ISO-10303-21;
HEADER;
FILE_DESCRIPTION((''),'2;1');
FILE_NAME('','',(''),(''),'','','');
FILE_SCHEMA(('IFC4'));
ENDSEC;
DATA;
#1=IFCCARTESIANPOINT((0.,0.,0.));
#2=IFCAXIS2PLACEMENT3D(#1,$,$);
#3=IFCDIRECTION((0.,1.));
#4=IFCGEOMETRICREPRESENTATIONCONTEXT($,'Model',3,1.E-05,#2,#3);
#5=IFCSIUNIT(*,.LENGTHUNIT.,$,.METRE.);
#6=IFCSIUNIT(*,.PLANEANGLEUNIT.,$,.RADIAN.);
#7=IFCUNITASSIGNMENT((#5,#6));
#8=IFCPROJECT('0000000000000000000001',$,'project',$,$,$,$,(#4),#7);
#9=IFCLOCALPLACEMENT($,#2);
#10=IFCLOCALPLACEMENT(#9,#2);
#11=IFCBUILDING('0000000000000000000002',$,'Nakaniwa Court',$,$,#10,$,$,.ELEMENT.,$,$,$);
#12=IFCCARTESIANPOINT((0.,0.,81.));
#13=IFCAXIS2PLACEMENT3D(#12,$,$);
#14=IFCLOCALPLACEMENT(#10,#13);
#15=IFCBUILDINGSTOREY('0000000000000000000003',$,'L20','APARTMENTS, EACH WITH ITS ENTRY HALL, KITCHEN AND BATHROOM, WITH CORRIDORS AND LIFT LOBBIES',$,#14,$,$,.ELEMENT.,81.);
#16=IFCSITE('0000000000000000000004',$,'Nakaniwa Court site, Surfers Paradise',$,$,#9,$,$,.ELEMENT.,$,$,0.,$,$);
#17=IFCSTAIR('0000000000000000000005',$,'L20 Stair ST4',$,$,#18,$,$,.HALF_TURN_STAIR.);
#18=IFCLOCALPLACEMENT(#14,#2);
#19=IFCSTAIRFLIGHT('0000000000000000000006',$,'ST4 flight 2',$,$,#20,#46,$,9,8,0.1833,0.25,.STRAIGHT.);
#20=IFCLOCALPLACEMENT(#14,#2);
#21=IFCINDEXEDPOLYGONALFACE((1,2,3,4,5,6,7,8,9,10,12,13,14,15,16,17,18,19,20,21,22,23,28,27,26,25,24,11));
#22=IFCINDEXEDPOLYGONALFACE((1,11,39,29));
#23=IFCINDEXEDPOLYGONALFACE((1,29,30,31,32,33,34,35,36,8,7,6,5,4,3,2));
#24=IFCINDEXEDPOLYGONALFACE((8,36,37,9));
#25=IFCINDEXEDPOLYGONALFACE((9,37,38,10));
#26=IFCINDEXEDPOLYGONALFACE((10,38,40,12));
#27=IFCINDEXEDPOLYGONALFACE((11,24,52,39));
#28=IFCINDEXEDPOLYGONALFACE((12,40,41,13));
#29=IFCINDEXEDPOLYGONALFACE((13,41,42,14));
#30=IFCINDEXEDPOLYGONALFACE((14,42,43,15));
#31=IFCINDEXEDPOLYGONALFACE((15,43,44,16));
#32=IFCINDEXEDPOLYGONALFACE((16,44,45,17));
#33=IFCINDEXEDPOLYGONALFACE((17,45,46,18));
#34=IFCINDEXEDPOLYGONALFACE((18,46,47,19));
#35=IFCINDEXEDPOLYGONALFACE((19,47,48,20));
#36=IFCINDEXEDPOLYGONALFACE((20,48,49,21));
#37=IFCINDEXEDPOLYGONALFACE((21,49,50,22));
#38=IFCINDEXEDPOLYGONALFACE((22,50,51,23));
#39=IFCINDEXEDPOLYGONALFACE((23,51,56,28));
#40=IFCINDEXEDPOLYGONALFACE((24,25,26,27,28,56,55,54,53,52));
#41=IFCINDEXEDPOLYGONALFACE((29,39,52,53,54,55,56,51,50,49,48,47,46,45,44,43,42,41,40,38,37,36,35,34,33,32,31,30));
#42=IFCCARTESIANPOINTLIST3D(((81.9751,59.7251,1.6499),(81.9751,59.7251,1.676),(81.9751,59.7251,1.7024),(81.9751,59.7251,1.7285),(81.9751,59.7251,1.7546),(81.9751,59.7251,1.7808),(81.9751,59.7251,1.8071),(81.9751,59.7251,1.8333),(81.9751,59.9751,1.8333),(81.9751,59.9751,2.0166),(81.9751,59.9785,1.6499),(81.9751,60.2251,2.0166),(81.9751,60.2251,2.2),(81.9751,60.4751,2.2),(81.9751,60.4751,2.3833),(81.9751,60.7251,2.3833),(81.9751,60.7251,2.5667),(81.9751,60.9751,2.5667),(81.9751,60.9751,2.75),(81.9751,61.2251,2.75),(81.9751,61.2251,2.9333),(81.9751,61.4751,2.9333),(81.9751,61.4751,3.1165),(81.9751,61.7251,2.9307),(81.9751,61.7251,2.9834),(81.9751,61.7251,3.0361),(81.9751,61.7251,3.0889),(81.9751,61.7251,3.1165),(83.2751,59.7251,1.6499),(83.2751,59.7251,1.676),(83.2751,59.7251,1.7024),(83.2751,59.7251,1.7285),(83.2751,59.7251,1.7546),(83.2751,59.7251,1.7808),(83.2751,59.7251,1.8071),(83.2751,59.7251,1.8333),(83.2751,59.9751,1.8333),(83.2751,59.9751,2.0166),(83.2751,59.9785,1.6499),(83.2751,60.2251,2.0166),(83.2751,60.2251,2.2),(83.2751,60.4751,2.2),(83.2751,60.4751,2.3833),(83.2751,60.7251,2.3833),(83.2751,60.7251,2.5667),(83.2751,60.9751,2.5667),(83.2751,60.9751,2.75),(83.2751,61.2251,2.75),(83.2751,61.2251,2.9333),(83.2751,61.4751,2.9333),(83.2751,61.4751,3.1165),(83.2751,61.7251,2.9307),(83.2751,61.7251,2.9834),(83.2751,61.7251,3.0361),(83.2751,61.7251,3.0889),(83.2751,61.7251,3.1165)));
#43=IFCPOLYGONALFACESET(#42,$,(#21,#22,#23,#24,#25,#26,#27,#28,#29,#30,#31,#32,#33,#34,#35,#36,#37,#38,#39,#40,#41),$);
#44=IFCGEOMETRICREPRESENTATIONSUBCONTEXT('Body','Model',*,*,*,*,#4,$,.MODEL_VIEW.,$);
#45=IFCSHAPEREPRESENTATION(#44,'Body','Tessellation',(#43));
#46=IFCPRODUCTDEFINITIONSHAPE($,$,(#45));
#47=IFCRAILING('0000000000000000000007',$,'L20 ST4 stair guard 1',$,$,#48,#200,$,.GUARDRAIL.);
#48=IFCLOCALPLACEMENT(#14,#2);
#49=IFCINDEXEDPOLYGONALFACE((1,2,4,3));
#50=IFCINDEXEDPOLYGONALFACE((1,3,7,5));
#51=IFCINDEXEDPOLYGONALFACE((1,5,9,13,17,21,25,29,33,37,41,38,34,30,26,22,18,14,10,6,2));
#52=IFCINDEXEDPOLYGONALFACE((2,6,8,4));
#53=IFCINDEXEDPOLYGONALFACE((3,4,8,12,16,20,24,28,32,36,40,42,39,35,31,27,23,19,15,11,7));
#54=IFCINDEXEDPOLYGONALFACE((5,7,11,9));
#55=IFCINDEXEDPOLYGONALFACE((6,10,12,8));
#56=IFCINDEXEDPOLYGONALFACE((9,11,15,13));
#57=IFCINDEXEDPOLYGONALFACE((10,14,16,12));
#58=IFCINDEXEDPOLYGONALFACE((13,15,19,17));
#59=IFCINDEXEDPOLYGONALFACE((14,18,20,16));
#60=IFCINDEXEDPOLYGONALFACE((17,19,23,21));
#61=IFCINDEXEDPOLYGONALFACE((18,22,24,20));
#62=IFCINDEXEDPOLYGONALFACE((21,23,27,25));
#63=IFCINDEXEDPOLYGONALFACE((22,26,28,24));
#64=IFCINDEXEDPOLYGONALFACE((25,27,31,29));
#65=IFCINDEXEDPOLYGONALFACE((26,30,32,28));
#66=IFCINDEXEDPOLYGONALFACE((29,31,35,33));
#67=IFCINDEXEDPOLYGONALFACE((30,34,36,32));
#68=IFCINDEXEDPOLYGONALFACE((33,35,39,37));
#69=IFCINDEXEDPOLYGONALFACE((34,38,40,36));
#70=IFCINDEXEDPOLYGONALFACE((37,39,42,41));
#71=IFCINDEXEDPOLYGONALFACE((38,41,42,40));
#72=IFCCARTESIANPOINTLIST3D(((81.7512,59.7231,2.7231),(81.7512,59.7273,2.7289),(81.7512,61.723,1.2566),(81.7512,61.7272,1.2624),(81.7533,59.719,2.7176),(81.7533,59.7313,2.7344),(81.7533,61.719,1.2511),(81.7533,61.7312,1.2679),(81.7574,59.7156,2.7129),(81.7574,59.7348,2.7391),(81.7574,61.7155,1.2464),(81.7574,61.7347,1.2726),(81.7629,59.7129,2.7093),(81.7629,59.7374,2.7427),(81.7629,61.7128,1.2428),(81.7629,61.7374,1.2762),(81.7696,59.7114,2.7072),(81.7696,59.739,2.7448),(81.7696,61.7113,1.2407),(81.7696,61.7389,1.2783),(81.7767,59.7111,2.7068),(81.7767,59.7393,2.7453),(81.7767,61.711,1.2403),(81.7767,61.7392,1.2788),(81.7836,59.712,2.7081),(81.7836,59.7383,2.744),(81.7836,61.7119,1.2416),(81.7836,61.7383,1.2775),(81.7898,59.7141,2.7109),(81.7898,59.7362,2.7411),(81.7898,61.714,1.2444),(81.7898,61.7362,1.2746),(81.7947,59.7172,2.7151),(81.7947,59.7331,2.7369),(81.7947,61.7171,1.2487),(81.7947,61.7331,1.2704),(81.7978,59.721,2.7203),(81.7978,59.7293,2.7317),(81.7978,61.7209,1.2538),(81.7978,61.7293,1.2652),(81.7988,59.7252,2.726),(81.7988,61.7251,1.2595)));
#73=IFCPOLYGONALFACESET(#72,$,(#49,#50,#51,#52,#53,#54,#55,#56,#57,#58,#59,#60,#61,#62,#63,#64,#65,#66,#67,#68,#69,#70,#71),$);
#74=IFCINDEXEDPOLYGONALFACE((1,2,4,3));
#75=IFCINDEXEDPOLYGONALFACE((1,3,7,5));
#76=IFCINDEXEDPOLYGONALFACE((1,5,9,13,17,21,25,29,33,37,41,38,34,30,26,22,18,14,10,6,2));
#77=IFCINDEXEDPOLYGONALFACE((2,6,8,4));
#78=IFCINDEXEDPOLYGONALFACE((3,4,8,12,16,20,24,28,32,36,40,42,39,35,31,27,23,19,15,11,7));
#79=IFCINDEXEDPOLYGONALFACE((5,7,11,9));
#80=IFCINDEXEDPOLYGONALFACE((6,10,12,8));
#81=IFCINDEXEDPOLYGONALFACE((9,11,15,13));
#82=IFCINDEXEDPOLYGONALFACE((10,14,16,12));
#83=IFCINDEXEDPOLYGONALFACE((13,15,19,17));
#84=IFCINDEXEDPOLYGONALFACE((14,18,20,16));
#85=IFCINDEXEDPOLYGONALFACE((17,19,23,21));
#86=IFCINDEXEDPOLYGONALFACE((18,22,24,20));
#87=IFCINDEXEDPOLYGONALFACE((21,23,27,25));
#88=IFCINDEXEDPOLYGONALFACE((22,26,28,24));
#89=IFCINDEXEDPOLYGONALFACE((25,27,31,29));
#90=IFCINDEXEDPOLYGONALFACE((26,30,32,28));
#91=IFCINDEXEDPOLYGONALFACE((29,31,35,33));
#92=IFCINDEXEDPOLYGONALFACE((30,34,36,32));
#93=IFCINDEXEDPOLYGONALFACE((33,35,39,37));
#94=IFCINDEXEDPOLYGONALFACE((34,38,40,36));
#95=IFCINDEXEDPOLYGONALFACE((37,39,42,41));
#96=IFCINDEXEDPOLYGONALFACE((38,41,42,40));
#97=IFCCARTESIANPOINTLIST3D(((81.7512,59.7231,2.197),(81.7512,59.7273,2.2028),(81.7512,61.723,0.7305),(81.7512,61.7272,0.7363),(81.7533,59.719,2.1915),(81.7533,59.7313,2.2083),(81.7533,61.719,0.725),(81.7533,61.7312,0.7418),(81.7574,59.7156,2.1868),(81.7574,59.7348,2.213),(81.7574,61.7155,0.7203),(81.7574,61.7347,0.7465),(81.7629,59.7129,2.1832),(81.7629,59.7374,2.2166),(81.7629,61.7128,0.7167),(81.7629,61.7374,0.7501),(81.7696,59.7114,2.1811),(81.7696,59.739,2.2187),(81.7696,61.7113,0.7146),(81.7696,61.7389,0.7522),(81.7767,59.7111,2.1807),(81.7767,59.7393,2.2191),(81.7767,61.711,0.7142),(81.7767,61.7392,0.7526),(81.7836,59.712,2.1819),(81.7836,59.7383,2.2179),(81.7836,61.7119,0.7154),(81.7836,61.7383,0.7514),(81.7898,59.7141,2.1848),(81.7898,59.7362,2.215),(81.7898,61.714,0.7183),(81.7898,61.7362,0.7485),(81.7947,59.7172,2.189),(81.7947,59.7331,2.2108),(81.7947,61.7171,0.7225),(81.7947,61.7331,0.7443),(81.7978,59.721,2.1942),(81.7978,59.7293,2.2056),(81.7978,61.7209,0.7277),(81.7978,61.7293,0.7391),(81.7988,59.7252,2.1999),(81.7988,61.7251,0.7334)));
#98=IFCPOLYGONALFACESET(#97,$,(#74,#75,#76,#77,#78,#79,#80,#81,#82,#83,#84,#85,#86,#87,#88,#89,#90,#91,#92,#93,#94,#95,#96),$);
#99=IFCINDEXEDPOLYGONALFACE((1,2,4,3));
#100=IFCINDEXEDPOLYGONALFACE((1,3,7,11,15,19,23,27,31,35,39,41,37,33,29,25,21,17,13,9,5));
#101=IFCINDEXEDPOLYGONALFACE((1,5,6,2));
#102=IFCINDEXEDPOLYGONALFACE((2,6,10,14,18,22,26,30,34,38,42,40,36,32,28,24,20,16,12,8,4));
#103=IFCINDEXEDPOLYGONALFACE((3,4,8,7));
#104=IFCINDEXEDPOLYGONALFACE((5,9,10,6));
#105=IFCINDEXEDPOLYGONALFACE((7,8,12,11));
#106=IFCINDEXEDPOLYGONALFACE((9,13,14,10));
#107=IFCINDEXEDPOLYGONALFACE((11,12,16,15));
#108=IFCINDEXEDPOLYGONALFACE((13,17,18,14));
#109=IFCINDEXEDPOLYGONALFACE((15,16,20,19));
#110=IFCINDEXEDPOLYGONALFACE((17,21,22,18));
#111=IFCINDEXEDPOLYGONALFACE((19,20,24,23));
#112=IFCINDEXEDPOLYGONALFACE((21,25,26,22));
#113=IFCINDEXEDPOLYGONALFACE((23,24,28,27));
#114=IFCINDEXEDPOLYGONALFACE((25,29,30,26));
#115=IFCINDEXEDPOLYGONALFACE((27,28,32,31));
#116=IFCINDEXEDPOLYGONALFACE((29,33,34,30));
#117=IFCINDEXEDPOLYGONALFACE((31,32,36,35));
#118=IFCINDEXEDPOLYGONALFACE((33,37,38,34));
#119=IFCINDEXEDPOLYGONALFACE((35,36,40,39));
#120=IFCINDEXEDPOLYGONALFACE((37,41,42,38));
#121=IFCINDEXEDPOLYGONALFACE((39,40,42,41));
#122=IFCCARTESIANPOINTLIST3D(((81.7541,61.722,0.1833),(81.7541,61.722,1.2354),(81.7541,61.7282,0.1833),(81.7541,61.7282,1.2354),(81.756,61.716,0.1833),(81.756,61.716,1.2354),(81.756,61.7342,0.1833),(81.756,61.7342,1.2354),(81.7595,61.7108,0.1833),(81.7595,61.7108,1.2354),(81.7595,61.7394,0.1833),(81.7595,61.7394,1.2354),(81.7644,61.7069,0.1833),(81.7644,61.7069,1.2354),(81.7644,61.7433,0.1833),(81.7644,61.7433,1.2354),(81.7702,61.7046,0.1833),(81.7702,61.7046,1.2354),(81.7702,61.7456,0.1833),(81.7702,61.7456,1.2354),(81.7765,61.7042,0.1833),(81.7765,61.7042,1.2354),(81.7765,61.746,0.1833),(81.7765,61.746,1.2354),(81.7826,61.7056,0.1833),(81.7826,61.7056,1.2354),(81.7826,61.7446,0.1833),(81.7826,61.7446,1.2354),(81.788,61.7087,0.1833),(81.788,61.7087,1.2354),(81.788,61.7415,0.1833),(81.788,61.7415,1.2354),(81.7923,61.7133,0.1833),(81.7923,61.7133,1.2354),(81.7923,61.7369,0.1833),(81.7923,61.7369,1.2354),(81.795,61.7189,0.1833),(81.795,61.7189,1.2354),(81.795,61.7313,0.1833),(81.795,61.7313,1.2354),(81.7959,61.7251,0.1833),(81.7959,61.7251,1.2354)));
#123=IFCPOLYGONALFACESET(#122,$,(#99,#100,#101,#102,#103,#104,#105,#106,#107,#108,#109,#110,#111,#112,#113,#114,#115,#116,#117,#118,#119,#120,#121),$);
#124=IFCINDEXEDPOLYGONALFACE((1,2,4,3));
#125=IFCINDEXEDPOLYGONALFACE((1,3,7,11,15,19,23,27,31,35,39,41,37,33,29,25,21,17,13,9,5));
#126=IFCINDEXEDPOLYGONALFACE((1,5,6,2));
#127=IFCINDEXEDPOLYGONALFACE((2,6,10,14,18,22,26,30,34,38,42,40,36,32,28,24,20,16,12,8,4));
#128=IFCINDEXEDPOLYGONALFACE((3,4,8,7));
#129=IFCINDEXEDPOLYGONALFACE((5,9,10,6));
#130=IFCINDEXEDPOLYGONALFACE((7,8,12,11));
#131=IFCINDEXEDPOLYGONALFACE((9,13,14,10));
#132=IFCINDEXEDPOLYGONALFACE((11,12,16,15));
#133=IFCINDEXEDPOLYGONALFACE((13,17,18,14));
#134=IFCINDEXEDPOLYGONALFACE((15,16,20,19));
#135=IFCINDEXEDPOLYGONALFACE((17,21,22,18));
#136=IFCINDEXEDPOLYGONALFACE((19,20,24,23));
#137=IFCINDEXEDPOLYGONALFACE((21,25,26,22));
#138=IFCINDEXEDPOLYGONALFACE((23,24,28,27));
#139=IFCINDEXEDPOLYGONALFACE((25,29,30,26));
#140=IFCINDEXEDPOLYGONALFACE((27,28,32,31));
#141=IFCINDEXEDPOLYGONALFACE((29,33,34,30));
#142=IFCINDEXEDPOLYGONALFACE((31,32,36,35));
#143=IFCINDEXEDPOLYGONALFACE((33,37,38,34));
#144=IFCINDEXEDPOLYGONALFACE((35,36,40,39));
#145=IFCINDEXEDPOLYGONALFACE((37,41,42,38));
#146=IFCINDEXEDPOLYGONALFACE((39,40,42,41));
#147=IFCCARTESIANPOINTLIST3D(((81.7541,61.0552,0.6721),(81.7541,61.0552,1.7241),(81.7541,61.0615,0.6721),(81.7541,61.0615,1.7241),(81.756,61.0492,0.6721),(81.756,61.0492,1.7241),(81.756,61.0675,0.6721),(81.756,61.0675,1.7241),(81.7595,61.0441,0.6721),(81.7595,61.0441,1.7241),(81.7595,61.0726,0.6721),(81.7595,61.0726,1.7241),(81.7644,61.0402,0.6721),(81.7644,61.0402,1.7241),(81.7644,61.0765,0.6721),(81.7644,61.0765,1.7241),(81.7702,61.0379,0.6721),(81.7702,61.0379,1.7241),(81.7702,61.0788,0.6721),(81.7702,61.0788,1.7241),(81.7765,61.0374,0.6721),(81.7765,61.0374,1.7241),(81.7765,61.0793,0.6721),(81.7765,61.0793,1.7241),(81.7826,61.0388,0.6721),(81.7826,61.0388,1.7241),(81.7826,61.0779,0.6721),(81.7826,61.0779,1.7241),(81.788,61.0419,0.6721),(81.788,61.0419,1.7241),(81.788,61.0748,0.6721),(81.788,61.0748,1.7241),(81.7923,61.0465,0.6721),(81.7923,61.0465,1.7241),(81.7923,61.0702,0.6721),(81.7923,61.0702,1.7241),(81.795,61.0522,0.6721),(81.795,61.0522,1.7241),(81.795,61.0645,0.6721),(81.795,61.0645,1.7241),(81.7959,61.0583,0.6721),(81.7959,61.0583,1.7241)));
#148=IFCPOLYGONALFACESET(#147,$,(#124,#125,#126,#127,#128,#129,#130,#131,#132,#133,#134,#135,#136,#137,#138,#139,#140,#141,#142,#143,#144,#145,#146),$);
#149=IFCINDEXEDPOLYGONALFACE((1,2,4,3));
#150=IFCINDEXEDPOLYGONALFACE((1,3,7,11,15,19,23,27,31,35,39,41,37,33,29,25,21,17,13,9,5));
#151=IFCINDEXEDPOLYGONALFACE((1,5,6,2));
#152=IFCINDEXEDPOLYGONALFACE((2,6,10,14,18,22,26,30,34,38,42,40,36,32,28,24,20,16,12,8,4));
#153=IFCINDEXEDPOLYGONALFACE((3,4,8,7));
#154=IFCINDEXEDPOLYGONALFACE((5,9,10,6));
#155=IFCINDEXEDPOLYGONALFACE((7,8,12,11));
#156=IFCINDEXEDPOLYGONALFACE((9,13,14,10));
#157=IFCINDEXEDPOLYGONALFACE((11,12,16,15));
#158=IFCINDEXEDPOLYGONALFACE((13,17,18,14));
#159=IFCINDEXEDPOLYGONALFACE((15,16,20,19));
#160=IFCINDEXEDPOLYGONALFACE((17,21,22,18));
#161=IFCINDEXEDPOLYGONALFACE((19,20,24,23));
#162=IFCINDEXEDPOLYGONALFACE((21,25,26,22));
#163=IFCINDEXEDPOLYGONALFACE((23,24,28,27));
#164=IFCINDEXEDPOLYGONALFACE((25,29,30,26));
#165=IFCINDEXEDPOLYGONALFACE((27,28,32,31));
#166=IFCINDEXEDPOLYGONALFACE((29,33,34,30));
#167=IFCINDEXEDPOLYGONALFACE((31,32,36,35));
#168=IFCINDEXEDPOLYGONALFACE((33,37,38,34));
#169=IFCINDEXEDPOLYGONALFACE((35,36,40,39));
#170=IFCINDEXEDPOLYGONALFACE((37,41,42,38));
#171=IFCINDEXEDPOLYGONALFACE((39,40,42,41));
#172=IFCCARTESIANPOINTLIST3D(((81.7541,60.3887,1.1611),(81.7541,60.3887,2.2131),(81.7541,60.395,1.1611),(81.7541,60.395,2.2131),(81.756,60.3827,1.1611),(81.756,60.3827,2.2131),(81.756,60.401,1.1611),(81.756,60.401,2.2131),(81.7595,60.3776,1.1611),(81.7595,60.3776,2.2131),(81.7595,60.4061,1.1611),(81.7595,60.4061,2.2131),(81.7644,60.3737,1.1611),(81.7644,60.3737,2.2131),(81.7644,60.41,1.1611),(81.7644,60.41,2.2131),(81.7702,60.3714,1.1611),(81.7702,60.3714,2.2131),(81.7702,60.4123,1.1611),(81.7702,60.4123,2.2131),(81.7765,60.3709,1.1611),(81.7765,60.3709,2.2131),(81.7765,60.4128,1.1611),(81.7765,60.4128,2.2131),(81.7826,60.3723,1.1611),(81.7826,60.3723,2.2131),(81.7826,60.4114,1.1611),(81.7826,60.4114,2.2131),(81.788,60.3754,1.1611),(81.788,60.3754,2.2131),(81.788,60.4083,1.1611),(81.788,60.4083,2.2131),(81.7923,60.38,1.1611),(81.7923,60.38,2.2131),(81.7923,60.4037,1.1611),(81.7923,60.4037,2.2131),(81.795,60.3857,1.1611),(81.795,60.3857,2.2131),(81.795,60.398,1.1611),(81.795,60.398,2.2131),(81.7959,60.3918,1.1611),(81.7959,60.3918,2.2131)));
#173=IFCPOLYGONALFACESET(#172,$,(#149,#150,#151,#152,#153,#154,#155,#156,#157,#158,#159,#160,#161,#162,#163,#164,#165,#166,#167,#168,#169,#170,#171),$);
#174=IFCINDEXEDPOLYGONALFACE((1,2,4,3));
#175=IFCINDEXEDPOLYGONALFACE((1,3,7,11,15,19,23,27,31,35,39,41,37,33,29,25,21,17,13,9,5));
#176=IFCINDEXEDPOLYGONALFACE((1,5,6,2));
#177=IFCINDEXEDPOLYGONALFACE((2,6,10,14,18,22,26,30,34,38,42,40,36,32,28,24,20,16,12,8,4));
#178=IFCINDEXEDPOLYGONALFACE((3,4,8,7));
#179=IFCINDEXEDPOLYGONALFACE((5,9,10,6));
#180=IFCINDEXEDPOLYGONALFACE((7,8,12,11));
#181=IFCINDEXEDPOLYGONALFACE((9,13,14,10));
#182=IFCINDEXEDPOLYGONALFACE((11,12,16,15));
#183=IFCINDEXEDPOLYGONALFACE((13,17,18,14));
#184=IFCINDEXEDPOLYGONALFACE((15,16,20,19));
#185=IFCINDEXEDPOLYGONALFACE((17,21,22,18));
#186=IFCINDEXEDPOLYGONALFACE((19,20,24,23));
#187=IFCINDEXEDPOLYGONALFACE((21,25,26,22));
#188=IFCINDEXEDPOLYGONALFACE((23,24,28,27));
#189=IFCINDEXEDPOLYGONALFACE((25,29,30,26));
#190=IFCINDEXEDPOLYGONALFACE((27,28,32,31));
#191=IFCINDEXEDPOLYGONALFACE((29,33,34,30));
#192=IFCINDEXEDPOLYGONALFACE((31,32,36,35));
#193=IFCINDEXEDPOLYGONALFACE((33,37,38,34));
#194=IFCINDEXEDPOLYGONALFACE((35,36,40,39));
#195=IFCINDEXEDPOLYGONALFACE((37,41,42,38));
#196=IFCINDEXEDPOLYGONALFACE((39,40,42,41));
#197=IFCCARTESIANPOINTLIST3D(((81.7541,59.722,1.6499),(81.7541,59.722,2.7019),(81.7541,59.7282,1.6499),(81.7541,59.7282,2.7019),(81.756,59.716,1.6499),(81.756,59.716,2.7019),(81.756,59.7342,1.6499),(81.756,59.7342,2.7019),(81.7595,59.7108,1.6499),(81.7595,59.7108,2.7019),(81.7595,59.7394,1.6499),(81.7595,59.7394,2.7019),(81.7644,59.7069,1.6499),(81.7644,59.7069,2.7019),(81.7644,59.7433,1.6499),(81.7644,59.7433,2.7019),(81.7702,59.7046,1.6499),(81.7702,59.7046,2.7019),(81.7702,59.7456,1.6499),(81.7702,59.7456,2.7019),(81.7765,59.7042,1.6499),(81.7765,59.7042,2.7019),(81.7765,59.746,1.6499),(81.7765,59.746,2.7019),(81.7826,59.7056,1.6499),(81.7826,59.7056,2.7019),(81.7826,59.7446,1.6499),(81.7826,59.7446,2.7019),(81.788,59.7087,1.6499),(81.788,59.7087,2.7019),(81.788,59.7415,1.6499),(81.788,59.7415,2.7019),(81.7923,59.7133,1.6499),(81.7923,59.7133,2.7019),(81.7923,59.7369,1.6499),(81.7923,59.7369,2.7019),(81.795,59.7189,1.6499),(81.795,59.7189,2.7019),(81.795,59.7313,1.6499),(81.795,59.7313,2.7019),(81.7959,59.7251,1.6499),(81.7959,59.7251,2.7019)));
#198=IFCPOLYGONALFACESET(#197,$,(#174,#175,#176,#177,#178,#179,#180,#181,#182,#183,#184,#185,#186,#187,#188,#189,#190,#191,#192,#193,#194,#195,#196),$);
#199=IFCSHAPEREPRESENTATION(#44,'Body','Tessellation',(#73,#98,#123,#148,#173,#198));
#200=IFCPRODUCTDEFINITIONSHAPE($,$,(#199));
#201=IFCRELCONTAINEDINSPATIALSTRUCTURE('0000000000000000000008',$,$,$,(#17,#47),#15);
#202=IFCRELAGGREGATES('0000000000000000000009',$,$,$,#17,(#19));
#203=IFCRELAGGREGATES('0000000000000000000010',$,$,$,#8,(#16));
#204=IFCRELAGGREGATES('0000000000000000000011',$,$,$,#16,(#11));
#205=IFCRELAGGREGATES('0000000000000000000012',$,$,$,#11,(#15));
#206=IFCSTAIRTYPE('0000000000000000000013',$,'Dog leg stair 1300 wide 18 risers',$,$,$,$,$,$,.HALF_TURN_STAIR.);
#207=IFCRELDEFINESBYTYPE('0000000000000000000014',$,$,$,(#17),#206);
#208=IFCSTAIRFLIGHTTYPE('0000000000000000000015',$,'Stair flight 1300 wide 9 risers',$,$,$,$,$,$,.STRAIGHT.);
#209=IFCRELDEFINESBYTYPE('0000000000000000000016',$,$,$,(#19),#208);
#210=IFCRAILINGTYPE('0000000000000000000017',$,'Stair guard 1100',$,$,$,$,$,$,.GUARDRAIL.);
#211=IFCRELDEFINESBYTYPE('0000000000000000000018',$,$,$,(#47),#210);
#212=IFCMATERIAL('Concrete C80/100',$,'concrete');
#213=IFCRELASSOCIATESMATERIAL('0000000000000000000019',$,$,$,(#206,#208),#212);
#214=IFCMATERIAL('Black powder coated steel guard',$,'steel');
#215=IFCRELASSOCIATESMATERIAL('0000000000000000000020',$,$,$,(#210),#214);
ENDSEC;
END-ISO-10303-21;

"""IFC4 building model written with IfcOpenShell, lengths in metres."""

from ifc_helpers import new_model, si_unit, direction, frame, origin, origin_2d, place, context, subcontext, project, spatial, polyline, circle, outline, extrude, material, type_object, element, aggregate, save


model = new_model("IFC4")

# Units and contexts
model_context = context("Model", 3, precision=1e-05, world=origin(), true_north=direction((0.0, 1.0)))
body_context = subcontext(model_context, "Body", "Model", "MODEL_VIEW")
ifc_project = project(units=[si_unit("LENGTHUNIT", "METRE"), si_unit("PLANEANGLEUNIT", "RADIAN")], contexts=[model_context])

# Site, building, storey
site_placement = place(None, origin())
site = spatial("IfcSite", under=ifc_project, at=site_placement, Name="Nakaniwa Court site, Surfers Paradise", CompositionType="ELEMENT", RefElevation=0.0)
building_placement = place(site_placement, origin())
building = spatial("IfcBuilding", under=site, at=building_placement, Name="Nakaniwa Court", CompositionType="ELEMENT")
storey_placement = place(building_placement, frame((0.0, 0.0, 81.0)))
storey = spatial("IfcBuildingStorey", under=building, at=storey_placement, Name="L20", Description="APARTMENTS, EACH WITH ITS ENTRY HALL, KITCHEN AND BATHROOM, WITH CORRIDORS AND LIFT LOBBIES", CompositionType="ELEMENT", Elevation=81.0)

# Shared definitions
ifc_material_1 = material(Name="Concrete C80/100", Category="concrete")

# Stair, stair flight
stair_type = type_object("IfcStairType", Name="Dog leg stair 1300 wide 18 risers", PredefinedType="HALF_TURN_STAIR", material=ifc_material_1)
stair_placement = place(storey_placement, origin())
stair = element("IfcStair", 1, at=stair_placement, inside=storey, type_object=stair_type, Name="L20 Stair ST4", PredefinedType="HALF_TURN_STAIR")
stair_flight_type = type_object("IfcStairFlightType", Name="Stair flight 1300 wide 9 risers", PredefinedType="STRAIGHT", material=ifc_material_1)
stair_flight_1_placement = place(storey_placement, frame((82.625, 59.7251, 1.6499), z_axis=(0.0, 0.0, 1.0), x_axis=(0.0, 1.0, 0.0)))
stair_flight_1 = element("IfcStairFlight", 2, at=stair_flight_1_placement, type_object=stair_flight_type, Name="ST4 flight 2", NumberOfRisers=9, NumberOfTreads=8, PredefinedType="STRAIGHT", RiserHeight=0.1833, TreadLength=0.25, context=body_context, shape_type="SweptSolid", body=[
    extrude(outline(polyline([(0.0, 0.0), (0.0, 0.0261), (0.0, 0.0525), (0.0, 0.0786), (0.0, 0.1047), (0.0, 0.1309), (0.0, 0.1572), (0.0, 0.1833), (0.25, 0.1833), (0.25, 0.3667), (0.5, 0.3667), (0.5, 0.55), (0.75, 0.55), (0.75, 0.7334), (1.0, 0.7334), (1.0, 0.9167), (1.25, 0.9167), (1.25, 1.1001), (1.5, 1.1001), (1.5, 1.2834), (1.75, 1.2834), (1.75, 1.4666), (2.0, 1.4666), (2.0, 1.6499), (2.0, 1.5972), (2.0, 1.5444), (2.0, 1.4917), (2.0, 1.439), (2.0, 1.3862), (2.0, 1.3335), (2.0, 1.2808), (0.2534, 0.0), (0.0, 0.0)])), frame((0.0, 0.6499, 0.0), z_axis=(0.0, -1.0, 0.0), x_axis=(1.0, 0.0, 0.0)), (0.0, 0.0, 1.0), 1.3),
])
aggregate(stair, [stair_flight_1])

# Railing
ifc_material_2 = material(Name="Black powder coated steel guard", Category="steel")
railing_type_1 = type_object("IfcRailingType", Name="Stair guard 1100", PredefinedType="GUARDRAIL", material=ifc_material_2)
railing_1_placement = place(storey_placement, frame((81.7749, 61.7251, 0.1833)))
element("IfcRailing", 3, at=railing_1_placement, inside=storey, type_object=railing_type_1, Name="L20 ST4 stair guard 1", PredefinedType="GUARDRAIL", context=body_context, shape_type="SweptSolid", body=[
    extrude(circle(Radius=0.0239, at=origin_2d()), frame((0.0, 0.0, 1.0762), z_axis=(0.0, -0.806427, 0.591334), x_axis=(1.0, 0.0, 0.0)), (0.0, 0.0, 1.0), 2.48),
    extrude(circle(Radius=0.0239, at=origin_2d()), frame((0.0, 0.0, 0.55), z_axis=(0.0, -0.806427, 0.591334), x_axis=(1.0, 0.0, 0.0)), (0.0, 0.0, 1.0), 2.48),
    extrude(circle(Radius=0.021, at=origin_2d()), origin(), (0.0, 0.0, 1.0), 1.052),
    extrude(circle(Radius=0.021, at=origin_2d()), frame((0.0, -0.6667, 0.4888)), (0.0, 0.0, 1.0), 1.052),
    extrude(circle(Radius=0.021, at=origin_2d()), frame((0.0, -1.3333, 0.9778)), (0.0, 0.0, 1.0), 1.052),
    extrude(circle(Radius=0.021, at=origin_2d()), frame((0.0, -2.0, 1.4666)), (0.0, 0.0, 1.0), 1.052),
])

save(model, "model.ifc")
